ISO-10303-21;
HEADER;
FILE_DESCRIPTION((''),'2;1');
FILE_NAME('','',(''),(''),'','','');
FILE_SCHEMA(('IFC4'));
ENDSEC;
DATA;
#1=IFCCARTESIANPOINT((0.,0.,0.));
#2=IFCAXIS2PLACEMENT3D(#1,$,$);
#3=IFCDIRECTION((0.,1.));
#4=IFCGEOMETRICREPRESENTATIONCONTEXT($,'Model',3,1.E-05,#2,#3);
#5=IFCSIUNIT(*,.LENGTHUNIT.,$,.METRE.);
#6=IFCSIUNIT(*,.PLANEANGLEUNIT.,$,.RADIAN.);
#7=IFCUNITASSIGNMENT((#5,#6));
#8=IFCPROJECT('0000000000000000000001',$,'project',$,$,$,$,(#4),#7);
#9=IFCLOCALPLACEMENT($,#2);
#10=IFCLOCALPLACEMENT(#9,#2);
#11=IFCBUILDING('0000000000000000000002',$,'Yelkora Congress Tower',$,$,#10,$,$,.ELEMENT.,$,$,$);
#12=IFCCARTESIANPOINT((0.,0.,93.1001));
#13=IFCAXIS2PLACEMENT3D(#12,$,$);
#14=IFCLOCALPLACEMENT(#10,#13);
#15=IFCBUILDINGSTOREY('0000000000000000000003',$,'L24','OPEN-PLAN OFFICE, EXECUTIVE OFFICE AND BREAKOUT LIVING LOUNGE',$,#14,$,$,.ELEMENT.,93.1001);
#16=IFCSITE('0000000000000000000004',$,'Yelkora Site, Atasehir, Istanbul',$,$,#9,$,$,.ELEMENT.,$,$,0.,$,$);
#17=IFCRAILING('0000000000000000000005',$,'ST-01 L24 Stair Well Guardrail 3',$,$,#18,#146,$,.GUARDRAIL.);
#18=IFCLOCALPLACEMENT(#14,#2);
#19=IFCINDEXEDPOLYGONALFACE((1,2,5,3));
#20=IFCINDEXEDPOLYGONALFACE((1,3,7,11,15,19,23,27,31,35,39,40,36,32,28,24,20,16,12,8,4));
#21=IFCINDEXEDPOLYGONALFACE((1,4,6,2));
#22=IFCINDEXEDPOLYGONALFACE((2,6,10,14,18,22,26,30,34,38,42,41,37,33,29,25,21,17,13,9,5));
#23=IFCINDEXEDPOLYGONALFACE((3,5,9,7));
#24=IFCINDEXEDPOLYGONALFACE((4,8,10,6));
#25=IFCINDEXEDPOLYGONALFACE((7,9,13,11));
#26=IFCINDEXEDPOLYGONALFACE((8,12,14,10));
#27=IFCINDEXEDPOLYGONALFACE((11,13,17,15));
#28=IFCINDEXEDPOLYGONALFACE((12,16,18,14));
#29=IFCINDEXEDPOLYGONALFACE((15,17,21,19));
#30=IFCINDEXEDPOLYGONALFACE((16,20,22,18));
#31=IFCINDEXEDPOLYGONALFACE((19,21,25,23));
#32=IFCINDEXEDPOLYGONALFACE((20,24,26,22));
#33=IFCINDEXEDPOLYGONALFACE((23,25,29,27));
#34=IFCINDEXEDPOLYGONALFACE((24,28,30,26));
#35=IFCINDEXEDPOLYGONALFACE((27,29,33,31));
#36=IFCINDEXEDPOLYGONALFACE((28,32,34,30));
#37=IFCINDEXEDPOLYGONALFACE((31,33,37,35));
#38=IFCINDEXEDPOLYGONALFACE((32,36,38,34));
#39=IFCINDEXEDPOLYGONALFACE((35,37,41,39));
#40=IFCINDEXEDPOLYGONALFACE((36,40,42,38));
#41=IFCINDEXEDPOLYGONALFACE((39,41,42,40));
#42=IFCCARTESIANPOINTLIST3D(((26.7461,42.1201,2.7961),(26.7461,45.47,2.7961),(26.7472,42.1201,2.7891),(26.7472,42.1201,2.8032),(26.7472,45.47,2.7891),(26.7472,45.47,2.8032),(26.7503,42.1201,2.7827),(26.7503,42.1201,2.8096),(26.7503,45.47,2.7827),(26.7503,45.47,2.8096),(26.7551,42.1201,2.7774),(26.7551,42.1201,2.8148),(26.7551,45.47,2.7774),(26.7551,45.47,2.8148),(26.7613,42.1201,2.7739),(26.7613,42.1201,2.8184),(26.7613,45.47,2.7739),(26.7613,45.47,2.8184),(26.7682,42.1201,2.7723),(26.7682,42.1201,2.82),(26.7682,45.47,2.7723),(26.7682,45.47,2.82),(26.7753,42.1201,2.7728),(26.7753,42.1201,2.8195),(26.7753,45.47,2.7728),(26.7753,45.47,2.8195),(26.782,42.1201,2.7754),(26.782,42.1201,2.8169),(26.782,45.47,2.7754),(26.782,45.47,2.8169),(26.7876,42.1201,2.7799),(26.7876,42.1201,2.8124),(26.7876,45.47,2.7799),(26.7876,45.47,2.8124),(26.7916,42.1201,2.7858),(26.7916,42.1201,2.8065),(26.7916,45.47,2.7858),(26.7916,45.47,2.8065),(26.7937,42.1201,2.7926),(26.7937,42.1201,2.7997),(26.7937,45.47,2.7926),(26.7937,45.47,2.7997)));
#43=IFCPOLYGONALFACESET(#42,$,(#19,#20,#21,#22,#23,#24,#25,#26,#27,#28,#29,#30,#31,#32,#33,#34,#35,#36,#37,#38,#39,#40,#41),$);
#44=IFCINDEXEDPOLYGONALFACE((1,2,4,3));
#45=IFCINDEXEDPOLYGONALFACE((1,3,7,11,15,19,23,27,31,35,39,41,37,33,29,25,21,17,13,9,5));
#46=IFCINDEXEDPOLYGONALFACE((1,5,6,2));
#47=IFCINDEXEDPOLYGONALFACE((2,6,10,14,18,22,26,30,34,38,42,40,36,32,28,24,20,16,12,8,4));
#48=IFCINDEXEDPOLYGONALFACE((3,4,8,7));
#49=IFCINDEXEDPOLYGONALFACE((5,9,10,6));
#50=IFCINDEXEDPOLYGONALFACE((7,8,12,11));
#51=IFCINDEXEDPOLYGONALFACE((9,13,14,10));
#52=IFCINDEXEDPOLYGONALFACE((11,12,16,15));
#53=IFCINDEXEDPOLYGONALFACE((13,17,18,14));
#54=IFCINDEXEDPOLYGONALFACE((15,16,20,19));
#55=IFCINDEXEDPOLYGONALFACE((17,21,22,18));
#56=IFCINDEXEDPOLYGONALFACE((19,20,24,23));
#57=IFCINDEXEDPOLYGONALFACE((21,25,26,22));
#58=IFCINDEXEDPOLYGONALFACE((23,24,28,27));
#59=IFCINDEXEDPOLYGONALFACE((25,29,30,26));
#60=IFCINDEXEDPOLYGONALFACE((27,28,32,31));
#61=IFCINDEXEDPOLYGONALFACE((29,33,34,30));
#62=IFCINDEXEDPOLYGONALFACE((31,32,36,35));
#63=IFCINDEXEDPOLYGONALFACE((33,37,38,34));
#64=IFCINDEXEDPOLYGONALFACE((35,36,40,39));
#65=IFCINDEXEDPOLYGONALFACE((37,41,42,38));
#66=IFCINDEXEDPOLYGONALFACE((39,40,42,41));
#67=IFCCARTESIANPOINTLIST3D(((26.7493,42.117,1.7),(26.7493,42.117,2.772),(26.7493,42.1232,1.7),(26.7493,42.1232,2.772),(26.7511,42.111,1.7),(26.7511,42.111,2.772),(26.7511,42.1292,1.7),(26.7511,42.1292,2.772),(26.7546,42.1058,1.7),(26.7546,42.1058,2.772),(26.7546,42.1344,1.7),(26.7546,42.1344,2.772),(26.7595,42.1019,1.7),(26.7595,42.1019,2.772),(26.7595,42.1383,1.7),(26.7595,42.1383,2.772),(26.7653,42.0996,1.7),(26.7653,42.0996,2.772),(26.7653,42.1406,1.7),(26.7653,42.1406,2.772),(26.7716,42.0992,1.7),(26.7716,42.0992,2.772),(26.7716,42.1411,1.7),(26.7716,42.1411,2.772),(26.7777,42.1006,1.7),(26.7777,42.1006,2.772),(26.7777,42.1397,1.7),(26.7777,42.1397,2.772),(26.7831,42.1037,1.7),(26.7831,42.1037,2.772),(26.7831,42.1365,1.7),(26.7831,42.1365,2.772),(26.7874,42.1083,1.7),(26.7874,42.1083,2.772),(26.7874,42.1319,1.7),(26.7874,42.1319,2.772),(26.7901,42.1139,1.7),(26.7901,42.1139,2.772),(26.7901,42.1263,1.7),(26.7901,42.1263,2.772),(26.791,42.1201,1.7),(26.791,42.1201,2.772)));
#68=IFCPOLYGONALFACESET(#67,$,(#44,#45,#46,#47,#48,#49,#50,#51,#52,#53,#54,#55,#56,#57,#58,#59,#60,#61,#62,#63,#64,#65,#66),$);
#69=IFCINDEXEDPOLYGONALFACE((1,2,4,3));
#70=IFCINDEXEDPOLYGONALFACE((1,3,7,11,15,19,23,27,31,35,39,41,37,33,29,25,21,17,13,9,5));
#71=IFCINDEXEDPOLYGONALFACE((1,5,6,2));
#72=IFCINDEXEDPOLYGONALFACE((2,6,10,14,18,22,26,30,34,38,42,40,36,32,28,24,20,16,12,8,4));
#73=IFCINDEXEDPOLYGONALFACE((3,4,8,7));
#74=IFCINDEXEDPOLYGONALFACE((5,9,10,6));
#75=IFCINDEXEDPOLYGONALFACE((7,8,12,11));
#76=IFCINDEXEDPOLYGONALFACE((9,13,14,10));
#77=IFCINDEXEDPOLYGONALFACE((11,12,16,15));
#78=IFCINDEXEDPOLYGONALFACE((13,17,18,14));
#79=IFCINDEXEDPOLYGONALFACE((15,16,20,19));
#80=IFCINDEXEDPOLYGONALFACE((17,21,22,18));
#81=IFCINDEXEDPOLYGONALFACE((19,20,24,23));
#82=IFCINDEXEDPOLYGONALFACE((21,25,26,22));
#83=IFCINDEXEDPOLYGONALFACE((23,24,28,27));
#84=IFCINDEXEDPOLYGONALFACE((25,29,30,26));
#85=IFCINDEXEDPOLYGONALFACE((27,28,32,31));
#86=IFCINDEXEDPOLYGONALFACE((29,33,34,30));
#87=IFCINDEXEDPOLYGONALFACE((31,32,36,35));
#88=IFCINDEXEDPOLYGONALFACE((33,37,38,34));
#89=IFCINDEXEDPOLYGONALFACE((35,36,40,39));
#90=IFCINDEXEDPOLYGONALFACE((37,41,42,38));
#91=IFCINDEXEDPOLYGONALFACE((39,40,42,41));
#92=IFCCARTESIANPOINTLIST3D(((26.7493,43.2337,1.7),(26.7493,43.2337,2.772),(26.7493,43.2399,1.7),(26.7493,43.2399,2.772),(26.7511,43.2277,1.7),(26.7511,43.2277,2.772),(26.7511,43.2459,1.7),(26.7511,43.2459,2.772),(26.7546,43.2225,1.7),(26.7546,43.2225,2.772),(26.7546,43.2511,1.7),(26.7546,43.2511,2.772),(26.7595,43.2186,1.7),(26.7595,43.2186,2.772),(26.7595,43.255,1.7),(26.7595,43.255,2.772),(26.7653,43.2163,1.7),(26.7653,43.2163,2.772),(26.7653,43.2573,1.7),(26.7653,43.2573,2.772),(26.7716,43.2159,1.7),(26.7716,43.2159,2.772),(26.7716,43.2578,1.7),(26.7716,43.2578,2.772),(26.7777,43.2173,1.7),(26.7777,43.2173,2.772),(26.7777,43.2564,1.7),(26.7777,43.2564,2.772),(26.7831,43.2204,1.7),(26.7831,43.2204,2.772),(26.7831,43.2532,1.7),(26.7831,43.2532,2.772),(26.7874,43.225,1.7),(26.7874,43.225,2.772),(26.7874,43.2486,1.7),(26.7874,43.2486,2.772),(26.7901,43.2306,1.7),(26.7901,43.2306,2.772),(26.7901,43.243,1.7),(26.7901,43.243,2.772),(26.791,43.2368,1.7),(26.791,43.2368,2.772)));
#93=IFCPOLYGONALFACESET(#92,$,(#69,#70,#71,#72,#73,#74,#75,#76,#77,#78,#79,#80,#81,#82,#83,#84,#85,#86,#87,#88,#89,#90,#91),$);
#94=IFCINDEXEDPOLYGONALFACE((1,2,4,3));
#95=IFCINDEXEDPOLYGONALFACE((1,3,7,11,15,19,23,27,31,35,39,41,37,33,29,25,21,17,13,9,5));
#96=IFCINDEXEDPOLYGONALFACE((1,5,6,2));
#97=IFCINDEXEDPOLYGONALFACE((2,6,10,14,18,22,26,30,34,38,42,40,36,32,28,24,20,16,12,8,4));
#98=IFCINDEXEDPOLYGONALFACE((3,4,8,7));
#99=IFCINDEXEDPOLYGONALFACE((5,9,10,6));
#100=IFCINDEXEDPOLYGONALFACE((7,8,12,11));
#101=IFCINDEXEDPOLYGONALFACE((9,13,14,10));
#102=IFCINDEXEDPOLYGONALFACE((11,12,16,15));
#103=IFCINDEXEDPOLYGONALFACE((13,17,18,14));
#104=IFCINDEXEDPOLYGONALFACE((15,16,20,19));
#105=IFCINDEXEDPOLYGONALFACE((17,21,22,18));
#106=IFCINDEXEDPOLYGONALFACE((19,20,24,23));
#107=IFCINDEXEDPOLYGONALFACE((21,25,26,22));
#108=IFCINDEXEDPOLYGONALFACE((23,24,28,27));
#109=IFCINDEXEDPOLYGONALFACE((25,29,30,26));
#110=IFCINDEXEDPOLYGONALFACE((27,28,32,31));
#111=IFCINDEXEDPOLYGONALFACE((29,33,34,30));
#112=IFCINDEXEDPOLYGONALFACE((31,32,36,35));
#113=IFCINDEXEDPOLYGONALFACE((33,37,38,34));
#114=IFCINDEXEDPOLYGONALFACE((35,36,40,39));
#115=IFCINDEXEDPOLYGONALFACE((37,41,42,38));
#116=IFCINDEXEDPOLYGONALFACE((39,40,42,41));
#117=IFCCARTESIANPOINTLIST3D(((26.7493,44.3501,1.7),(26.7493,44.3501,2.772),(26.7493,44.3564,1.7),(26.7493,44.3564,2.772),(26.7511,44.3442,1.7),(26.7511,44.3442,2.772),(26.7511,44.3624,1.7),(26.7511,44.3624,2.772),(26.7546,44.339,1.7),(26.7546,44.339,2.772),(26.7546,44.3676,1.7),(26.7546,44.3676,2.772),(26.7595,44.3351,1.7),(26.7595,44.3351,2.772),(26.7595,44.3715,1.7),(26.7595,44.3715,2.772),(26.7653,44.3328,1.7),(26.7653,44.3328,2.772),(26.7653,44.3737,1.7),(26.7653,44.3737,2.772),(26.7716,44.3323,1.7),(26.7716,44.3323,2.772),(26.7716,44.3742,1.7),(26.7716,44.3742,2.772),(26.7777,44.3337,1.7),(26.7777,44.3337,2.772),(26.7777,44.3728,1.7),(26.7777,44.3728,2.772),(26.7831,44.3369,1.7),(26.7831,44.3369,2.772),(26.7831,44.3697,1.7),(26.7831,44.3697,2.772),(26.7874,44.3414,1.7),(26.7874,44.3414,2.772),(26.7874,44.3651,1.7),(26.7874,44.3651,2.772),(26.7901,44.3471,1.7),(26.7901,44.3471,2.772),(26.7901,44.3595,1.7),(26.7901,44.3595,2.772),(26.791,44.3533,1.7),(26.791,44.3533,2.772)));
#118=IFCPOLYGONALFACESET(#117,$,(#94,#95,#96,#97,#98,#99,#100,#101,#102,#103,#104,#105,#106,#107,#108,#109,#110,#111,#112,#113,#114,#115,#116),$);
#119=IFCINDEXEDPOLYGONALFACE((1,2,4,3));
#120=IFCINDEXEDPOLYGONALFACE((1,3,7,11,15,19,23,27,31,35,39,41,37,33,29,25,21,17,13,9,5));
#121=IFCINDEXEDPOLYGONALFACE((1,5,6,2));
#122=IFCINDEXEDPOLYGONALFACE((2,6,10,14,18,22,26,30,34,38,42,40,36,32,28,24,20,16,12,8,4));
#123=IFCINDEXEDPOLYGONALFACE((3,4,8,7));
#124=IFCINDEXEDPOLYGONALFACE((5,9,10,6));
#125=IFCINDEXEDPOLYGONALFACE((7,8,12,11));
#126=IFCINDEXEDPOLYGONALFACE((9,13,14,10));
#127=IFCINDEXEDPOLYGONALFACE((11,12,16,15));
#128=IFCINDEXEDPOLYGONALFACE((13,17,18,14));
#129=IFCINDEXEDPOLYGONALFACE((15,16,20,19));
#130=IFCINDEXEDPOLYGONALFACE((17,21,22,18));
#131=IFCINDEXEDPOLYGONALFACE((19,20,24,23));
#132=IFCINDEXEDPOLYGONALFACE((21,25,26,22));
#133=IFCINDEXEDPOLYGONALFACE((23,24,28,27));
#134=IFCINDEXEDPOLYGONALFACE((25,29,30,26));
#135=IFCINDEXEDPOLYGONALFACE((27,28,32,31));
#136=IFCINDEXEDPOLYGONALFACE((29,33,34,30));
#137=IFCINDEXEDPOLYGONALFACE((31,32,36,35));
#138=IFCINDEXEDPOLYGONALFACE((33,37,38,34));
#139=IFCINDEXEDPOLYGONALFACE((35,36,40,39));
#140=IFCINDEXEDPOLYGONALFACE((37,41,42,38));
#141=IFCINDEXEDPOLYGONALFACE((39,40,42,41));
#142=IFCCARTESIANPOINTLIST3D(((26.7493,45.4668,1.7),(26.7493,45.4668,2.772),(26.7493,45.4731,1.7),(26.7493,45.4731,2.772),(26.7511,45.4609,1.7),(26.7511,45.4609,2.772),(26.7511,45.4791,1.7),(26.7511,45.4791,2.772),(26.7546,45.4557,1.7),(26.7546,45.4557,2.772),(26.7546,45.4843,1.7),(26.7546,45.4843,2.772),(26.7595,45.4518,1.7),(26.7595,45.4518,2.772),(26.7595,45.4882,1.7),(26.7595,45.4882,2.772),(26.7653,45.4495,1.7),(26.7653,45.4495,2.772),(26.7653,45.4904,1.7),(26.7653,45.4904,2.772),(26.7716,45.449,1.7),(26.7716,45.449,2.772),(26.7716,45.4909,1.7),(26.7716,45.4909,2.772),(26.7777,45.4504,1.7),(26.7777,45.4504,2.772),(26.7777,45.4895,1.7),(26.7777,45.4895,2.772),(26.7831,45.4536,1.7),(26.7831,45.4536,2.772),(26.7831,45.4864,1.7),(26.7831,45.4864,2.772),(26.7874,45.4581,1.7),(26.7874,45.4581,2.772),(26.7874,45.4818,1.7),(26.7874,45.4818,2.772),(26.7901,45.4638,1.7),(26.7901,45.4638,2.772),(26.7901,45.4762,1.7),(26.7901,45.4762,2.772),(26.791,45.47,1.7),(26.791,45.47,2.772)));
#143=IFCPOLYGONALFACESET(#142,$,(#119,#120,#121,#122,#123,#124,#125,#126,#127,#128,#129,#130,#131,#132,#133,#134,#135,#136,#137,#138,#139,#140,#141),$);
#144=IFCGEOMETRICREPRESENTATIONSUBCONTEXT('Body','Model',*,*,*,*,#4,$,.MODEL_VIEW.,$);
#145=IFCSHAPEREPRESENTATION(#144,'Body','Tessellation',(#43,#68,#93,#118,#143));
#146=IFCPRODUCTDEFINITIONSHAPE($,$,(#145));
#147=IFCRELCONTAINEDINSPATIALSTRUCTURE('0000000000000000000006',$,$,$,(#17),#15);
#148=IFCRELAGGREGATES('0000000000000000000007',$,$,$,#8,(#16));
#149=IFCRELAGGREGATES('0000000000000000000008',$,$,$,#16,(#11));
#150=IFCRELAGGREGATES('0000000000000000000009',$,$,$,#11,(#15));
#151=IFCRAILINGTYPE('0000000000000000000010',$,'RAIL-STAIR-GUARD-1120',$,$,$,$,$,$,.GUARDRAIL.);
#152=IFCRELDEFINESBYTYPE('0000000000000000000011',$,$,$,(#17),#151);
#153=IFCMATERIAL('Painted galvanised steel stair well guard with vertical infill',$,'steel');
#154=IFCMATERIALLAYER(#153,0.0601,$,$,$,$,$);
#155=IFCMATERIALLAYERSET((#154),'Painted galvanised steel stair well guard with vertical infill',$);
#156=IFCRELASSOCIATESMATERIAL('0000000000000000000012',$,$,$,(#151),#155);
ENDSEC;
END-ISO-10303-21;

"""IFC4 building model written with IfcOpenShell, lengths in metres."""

from ifc_helpers import new_model, si_unit, direction, frame, origin, origin_2d, place, context, subcontext, project, spatial, circle, extrude, material, layer, layer_set, type_object, element, save


model = new_model("IFC4")

# Units and contexts
model_context = context("Model", 3, precision=1e-05, world=origin(), true_north=direction((0.0, 1.0)))
body_context = subcontext(model_context, "Body", "Model", "MODEL_VIEW")
ifc_project = project(units=[si_unit("LENGTHUNIT", "METRE"), si_unit("PLANEANGLEUNIT", "RADIAN")], contexts=[model_context])

# Site, building, storey
site_placement = place(None, origin())
site = spatial("IfcSite", under=ifc_project, at=site_placement, Name="Yelkora Site, Atasehir, Istanbul", CompositionType="ELEMENT", RefElevation=0.0)
building_placement = place(site_placement, origin())
building = spatial("IfcBuilding", under=site, at=building_placement, Name="Yelkora Congress Tower", CompositionType="ELEMENT")
storey_placement = place(building_placement, frame((0.0, 0.0, 93.1001)))
storey = spatial("IfcBuildingStorey", under=building, at=storey_placement, Name="L24", Description="OPEN-PLAN OFFICE, EXECUTIVE OFFICE AND BREAKOUT LIVING LOUNGE", CompositionType="ELEMENT", Elevation=93.1001)

# Railing
ifc_material_1 = material(Name="Painted galvanised steel stair well guard with vertical infill", Category="steel")
ifc_layer_1 = layer(ifc_material_1, 0.0601)
ifc_layer_set_1 = layer_set([ifc_layer_1], Name="Painted galvanised steel stair well guard with vertical infill")
railing_type_1 = type_object("IfcRailingType", Name="RAIL-STAIR-GUARD-1120", PredefinedType="GUARDRAIL", material=ifc_layer_set_1)
railing_1_placement = place(storey_placement, frame((26.77, 42.1201, 1.7)))
element("IfcRailing", 1, at=railing_1_placement, inside=storey, type_object=railing_type_1, Name="ST-01 L24 Stair Well Guardrail 3", PredefinedType="GUARDRAIL", context=body_context, shape_type="SweptSolid", body=[
    extrude(circle(Radius=0.0239, at=origin_2d()), frame((0.0, 0.0, 1.0962), z_axis=(0.0, 1.0, 0.0), x_axis=(-1.0, 0.0, 0.0)), (0.0, 0.0, 1.0), 3.3499),
    extrude(circle(Radius=0.021, at=origin_2d()), origin(), (0.0, 0.0, 1.0), 1.072),
    extrude(circle(Radius=0.021, at=origin_2d()), frame((0.0, 1.1167, 0.0)), (0.0, 0.0, 1.0), 1.072),
    extrude(circle(Radius=0.021, at=origin_2d()), frame((0.0, 2.2332, 0.0)), (0.0, 0.0, 1.0), 1.072),
    extrude(circle(Radius=0.021, at=origin_2d()), frame((0.0, 3.3499, 0.0)), (0.0, 0.0, 1.0), 1.072),
])

save(model, "model.ifc")
